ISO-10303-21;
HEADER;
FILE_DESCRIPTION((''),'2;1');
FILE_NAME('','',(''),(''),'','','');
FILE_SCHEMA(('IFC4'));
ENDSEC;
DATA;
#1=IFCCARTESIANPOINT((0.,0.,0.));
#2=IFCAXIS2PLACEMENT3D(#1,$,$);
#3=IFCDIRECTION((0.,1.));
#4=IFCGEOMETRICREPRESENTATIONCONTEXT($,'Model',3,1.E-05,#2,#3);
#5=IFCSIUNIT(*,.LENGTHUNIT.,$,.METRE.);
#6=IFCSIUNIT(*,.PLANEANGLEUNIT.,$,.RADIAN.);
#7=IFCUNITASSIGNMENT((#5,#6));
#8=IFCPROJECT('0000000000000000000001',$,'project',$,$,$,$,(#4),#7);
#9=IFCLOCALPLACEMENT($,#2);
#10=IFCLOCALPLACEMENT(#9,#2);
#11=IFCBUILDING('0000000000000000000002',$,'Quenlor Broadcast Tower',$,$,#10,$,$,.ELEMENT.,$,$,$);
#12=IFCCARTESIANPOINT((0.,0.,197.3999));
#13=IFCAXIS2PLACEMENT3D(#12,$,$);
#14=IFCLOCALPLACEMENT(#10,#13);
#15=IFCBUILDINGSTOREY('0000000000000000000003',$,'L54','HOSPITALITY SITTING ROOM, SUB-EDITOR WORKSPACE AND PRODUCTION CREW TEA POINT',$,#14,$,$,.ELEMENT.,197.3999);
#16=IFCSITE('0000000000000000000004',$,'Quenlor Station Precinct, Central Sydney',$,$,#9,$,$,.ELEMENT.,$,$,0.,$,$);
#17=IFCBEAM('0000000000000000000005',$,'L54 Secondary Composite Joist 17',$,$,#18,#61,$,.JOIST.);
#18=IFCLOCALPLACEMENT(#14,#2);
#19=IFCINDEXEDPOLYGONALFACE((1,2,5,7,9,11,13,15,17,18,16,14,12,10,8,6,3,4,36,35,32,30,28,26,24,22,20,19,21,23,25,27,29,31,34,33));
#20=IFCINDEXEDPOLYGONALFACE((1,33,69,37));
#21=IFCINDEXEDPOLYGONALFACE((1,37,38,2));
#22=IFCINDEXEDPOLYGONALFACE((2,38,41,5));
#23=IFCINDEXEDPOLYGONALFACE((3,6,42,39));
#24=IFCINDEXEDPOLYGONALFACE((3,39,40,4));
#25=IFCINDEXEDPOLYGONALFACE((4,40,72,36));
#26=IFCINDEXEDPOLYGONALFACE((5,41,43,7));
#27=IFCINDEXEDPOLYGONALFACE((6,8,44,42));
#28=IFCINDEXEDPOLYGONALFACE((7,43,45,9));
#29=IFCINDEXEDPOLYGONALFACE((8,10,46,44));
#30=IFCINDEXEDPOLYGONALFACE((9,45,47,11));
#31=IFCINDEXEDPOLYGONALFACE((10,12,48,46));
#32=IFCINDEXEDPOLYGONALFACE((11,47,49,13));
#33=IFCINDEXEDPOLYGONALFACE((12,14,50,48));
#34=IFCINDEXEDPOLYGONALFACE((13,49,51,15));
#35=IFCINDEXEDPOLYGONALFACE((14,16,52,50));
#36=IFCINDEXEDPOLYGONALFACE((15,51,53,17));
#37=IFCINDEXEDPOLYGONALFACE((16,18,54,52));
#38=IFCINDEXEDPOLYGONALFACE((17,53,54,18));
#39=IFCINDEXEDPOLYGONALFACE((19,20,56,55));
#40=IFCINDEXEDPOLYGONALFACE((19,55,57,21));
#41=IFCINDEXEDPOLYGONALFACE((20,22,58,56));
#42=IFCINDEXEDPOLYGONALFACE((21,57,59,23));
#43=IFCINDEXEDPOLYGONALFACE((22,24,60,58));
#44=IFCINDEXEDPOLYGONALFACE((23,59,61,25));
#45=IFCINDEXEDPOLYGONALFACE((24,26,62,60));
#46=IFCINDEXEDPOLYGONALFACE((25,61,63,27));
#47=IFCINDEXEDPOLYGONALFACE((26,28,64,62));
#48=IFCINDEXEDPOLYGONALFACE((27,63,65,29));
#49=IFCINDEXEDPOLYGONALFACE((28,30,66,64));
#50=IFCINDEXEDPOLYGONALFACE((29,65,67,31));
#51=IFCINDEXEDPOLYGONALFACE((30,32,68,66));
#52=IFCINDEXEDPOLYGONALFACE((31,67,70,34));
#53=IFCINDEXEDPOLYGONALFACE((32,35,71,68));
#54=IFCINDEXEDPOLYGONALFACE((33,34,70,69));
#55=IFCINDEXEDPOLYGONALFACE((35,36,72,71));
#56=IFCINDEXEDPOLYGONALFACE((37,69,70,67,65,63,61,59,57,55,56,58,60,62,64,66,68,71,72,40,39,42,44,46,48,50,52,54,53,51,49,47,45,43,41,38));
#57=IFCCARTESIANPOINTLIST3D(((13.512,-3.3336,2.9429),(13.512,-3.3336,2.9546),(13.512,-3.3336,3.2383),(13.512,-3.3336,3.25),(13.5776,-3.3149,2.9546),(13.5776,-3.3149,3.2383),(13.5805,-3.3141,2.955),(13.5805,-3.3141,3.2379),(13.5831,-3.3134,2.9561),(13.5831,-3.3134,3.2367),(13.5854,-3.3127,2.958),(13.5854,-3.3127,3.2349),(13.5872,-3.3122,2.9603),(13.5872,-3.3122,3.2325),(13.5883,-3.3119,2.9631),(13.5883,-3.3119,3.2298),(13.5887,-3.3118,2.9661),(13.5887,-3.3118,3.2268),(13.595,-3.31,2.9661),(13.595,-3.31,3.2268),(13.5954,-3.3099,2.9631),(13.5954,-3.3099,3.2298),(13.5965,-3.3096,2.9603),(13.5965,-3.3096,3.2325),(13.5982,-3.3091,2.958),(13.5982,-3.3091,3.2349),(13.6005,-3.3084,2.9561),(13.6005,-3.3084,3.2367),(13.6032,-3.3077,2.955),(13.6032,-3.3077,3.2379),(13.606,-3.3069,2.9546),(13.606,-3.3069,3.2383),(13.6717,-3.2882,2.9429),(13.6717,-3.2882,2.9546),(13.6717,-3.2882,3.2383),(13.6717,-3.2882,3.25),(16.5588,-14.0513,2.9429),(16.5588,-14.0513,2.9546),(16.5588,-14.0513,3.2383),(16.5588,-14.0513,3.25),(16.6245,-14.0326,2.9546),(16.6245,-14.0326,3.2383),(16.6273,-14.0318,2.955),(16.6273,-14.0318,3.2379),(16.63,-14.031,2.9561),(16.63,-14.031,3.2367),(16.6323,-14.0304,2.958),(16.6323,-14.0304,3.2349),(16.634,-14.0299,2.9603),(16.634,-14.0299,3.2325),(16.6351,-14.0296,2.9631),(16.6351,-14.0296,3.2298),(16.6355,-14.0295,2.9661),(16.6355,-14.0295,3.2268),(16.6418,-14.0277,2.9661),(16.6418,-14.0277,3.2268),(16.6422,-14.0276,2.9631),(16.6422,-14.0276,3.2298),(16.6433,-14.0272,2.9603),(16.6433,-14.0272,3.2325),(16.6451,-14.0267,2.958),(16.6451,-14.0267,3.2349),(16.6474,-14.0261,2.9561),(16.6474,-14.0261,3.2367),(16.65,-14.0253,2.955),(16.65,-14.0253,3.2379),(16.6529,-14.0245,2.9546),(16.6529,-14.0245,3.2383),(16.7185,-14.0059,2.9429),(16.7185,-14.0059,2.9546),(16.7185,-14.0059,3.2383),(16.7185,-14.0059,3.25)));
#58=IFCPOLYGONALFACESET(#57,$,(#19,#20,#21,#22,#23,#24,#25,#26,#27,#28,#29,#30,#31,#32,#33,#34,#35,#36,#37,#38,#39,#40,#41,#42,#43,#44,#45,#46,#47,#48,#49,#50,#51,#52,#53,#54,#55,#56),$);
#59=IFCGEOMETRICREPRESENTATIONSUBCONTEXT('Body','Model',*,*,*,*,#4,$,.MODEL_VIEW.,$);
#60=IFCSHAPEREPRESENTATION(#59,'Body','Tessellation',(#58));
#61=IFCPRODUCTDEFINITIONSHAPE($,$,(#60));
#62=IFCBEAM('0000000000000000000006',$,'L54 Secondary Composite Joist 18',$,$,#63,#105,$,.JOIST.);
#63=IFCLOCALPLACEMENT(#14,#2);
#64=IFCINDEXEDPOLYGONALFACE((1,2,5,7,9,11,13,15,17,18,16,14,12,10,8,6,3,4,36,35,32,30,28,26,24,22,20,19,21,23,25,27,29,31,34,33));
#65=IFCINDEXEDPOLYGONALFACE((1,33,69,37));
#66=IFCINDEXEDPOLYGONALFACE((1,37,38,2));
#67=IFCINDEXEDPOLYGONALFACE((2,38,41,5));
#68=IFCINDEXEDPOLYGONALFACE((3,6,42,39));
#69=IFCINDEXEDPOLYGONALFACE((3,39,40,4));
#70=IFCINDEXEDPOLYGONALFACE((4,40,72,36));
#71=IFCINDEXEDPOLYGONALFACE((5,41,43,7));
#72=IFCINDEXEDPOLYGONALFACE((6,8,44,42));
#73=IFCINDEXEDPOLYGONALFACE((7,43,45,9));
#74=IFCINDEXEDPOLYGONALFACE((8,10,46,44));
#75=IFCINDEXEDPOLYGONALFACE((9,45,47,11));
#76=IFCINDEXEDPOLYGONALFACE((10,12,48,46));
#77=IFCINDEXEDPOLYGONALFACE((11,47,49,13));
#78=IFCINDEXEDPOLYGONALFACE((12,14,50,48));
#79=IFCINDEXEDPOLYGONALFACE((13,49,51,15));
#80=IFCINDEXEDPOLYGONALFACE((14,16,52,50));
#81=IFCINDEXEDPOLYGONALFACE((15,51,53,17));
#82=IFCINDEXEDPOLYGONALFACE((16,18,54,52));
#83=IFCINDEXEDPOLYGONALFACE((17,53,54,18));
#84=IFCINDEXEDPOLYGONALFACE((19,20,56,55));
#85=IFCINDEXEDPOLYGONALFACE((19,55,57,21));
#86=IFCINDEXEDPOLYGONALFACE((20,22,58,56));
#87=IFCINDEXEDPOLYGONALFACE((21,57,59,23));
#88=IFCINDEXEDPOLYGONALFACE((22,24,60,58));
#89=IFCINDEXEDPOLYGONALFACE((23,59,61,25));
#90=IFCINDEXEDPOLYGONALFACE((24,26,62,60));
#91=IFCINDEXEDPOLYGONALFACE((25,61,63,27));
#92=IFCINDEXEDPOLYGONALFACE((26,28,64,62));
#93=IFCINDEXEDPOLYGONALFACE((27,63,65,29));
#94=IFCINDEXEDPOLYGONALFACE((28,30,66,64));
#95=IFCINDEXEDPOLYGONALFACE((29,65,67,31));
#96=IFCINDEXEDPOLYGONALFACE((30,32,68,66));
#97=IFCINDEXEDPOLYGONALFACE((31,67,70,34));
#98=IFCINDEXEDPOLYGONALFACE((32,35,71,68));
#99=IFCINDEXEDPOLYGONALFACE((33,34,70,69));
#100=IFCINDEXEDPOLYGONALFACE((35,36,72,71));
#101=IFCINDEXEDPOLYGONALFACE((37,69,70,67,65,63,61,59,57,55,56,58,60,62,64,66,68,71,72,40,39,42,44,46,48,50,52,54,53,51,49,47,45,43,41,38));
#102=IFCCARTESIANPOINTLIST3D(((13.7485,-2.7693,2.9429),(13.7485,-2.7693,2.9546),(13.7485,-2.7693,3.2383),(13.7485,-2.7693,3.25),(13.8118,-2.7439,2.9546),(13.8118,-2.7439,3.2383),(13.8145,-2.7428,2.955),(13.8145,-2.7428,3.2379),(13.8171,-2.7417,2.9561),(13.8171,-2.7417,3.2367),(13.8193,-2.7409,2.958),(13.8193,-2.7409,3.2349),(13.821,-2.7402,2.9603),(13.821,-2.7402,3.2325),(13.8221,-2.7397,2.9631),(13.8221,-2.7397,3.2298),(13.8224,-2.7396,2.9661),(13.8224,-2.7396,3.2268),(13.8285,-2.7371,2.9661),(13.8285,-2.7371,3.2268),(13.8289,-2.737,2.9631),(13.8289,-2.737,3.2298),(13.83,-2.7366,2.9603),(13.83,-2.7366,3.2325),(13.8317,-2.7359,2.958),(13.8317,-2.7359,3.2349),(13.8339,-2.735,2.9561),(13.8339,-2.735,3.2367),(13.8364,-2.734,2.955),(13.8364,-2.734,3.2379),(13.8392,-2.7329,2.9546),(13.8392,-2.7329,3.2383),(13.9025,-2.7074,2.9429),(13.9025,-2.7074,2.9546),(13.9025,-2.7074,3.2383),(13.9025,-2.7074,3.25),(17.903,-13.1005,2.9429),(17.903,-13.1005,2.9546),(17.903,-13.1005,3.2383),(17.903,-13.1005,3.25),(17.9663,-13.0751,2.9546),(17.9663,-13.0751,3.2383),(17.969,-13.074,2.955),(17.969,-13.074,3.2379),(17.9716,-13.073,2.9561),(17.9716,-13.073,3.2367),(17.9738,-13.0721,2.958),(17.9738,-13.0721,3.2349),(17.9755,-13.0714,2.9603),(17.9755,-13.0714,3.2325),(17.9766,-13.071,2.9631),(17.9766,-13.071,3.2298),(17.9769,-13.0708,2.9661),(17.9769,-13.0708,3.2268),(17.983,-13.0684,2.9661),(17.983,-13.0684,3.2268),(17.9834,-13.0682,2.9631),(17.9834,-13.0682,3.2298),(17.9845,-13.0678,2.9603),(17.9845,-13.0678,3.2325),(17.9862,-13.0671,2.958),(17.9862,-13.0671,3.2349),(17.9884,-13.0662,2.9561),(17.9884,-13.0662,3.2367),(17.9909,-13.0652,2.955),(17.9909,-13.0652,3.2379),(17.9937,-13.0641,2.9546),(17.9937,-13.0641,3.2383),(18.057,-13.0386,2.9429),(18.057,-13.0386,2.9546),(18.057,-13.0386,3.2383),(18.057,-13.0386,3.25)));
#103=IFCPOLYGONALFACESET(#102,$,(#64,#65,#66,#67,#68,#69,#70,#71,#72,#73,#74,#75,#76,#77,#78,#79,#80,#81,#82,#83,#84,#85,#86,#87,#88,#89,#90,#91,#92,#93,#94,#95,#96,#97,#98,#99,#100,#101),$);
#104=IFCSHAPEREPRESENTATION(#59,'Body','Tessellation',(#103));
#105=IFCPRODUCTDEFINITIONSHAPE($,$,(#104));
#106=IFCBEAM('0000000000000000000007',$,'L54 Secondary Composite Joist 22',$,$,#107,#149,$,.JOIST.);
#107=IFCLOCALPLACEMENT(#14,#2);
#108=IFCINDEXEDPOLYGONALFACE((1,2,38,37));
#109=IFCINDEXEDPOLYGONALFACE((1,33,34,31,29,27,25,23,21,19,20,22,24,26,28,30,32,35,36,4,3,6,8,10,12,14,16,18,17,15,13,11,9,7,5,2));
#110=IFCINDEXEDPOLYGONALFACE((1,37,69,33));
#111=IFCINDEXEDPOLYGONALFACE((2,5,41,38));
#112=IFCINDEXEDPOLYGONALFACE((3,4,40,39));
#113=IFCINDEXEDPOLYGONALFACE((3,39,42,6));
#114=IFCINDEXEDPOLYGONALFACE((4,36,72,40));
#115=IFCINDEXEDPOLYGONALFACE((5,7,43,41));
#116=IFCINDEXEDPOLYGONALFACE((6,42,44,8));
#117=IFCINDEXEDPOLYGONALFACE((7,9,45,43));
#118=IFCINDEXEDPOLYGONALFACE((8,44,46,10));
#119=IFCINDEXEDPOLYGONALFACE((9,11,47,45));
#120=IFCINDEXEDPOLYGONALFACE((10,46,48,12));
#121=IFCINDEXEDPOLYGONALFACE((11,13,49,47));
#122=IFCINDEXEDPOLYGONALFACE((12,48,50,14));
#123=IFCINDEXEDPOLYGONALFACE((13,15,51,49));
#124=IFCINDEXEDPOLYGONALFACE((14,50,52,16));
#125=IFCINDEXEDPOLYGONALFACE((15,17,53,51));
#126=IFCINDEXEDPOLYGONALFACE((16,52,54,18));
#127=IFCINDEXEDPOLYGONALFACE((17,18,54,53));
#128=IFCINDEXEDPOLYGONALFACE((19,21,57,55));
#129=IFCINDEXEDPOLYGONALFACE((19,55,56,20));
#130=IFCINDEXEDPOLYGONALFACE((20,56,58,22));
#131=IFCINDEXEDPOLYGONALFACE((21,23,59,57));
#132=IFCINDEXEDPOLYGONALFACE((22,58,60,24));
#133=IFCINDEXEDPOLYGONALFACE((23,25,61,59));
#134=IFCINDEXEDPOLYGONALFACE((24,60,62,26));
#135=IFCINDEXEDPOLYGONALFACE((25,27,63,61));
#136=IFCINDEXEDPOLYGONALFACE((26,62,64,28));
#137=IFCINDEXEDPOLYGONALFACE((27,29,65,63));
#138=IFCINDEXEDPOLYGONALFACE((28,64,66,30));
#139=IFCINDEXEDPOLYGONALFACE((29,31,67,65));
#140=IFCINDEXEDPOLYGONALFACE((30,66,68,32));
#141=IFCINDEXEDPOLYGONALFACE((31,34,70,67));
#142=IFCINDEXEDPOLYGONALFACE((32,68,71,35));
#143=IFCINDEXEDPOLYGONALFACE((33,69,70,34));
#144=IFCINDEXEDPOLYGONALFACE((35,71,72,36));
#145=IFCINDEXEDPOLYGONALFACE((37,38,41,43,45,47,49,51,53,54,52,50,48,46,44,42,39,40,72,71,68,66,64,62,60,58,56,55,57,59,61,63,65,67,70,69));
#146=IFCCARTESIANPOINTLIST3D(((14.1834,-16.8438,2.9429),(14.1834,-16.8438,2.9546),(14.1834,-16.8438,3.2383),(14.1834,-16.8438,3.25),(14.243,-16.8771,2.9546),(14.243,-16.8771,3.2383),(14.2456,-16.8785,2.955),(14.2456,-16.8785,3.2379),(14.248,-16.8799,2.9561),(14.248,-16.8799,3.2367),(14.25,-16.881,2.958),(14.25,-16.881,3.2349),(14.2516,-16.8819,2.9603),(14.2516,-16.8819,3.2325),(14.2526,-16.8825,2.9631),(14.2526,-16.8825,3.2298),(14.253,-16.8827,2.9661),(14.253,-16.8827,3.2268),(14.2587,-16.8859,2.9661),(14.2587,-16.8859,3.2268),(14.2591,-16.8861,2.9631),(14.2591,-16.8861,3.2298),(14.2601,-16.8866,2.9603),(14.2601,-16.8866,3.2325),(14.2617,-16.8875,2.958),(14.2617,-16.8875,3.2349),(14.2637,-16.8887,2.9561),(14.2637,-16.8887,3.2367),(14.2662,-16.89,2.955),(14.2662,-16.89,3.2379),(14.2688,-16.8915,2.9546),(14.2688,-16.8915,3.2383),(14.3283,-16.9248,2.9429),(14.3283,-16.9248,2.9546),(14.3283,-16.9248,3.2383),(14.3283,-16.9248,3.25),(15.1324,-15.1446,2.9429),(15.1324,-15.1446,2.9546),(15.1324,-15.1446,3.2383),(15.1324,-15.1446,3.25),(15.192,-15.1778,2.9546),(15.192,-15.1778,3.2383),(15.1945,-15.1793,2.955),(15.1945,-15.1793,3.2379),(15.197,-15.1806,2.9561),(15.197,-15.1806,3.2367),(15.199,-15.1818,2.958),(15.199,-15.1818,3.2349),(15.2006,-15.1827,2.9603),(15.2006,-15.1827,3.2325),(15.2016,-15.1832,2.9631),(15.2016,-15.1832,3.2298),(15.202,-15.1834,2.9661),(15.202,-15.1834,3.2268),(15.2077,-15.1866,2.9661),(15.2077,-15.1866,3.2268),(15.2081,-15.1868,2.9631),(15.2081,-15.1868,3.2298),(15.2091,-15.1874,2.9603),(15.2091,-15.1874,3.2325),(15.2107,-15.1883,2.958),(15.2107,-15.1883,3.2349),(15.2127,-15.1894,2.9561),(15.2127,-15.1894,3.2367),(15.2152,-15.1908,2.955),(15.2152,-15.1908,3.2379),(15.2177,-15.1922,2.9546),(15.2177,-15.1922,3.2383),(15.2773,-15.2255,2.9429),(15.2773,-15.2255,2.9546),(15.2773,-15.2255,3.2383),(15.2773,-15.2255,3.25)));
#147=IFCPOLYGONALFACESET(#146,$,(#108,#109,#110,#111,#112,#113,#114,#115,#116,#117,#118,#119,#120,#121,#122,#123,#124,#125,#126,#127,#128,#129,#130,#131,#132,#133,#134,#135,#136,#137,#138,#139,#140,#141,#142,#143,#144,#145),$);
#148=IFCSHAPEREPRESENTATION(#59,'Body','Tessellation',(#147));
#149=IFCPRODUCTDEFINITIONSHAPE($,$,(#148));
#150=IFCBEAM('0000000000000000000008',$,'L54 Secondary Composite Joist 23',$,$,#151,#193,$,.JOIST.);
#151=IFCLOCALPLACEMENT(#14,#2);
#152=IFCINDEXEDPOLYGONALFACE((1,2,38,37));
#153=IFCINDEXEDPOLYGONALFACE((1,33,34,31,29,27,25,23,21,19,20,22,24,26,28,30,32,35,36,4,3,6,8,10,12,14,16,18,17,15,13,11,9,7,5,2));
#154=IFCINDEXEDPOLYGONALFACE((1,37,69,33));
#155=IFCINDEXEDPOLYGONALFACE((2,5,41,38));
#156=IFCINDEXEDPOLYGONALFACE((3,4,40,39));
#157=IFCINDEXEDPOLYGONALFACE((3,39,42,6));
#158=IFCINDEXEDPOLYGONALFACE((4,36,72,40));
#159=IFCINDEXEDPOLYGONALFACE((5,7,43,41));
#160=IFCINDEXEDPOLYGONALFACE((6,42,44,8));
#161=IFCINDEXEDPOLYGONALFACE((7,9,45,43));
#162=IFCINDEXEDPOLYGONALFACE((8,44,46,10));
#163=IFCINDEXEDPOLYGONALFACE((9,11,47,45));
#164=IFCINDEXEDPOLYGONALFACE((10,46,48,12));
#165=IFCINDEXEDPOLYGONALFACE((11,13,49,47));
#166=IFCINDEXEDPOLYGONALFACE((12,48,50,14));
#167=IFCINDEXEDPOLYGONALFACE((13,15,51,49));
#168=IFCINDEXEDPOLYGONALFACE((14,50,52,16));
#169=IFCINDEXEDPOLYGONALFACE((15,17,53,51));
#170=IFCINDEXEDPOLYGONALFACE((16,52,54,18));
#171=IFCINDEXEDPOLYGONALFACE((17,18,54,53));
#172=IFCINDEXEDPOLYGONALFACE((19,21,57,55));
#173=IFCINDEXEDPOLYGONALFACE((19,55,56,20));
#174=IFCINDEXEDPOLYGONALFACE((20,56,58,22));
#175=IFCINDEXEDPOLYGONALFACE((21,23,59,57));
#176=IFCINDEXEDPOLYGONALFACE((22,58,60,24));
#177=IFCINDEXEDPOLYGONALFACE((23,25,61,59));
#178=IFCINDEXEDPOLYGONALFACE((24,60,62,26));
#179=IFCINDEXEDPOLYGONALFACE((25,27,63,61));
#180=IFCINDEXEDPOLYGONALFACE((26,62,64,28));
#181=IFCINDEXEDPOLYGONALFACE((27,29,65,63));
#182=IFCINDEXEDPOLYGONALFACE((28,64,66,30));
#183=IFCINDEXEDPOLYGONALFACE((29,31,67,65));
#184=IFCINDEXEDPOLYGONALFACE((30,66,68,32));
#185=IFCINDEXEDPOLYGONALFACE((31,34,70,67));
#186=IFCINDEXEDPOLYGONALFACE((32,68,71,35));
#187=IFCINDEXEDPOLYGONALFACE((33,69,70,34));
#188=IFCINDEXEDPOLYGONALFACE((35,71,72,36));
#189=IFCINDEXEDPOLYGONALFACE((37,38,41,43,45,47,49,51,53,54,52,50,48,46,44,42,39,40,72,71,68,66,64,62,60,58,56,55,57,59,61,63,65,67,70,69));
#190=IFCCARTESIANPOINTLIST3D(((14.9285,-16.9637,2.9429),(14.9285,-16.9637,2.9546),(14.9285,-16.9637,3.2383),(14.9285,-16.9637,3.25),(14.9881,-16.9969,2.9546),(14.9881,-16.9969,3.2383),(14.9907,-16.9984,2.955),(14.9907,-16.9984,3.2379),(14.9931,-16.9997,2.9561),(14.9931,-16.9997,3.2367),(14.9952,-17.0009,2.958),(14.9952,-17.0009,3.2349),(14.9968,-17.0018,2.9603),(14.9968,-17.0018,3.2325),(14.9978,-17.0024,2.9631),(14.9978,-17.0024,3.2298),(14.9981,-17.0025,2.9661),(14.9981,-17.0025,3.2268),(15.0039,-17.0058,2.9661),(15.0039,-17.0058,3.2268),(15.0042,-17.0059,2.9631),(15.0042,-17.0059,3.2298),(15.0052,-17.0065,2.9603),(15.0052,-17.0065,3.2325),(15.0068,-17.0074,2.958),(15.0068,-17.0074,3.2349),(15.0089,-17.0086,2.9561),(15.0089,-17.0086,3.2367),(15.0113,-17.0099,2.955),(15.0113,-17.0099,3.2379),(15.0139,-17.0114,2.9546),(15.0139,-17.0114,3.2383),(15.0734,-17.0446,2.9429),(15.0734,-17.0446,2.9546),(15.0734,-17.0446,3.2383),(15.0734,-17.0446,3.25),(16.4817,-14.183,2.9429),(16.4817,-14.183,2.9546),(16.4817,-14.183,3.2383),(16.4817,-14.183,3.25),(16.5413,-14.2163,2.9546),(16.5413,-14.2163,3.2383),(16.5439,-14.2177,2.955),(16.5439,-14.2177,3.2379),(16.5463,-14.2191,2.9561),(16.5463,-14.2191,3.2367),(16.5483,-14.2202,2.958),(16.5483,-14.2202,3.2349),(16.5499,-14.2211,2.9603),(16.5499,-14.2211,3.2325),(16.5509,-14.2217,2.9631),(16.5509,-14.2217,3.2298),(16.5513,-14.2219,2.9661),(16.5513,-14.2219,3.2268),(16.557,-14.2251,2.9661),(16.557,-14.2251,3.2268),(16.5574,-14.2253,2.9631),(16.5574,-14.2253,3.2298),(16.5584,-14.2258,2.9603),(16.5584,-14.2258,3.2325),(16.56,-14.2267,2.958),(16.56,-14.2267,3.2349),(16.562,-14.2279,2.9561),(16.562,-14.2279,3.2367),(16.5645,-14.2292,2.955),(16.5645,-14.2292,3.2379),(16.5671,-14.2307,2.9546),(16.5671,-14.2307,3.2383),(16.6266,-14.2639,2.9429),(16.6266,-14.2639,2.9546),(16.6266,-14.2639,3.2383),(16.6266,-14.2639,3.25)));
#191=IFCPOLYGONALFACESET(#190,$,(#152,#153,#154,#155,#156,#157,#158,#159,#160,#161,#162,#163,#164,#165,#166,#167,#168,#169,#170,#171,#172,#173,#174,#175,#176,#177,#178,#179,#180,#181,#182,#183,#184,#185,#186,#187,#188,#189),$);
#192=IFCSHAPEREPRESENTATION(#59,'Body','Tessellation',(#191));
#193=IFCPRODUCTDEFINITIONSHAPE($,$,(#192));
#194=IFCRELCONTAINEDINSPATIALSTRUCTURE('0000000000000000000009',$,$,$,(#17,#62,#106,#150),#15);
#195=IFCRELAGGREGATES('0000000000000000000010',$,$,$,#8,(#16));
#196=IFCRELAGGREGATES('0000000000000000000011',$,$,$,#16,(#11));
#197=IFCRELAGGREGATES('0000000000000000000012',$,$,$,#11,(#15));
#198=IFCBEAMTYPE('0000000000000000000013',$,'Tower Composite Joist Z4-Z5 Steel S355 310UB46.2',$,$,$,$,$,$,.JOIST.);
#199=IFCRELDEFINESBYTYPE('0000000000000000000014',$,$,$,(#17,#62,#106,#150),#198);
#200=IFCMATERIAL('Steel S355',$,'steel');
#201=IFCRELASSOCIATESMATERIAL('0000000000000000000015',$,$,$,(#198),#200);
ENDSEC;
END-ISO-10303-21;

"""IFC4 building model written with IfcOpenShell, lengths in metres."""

from ifc_helpers import new_model, si_unit, direction, frame, origin, origin_2d, place, context, subcontext, project, spatial, i_section, extrude, material, material_profile, profile_set, type_object, element, save


model = new_model("IFC4")

# Units and contexts
model_context = context("Model", 3, precision=1e-05, world=origin(), true_north=direction((0.0, 1.0)))
body_context = subcontext(model_context, "Body", "Model", "MODEL_VIEW")
ifc_project = project(units=[si_unit("LENGTHUNIT", "METRE"), si_unit("PLANEANGLEUNIT", "RADIAN")], contexts=[model_context])

# Site, building, storey
site_placement = place(None, origin())
site = spatial("IfcSite", under=ifc_project, at=site_placement, Name="Quenlor Station Precinct, Central Sydney", CompositionType="ELEMENT", RefElevation=0.0)
building_placement = place(site_placement, origin())
building = spatial("IfcBuilding", under=site, at=building_placement, Name="Quenlor Broadcast Tower", CompositionType="ELEMENT")
storey_placement = place(building_placement, frame((0.0, 0.0, 197.3999)))
storey = spatial("IfcBuildingStorey", under=building, at=storey_placement, Name="L54", Description="HOSPITALITY SITTING ROOM, SUB-EDITOR WORKSPACE AND PRODUCTION CREW TEA POINT", CompositionType="ELEMENT", Elevation=197.3999)

# Beams
ifc_material_1 = material(Name="Steel S355", Category="steel")
ifc_material_profile_1 = material_profile(ifc_material_1, i_section(OverallWidth=0.166, OverallDepth=0.3071, WebThickness=0.0066, FlangeThickness=0.0117, FilletRadius=0.0115, at=origin_2d()))
ifc_profile_set_1 = profile_set([ifc_material_profile_1], Name="Steel S355 310UB46.2")
beam_type_1 = type_object("IfcBeamType", Name="Tower Composite Joist Z4-Z5 Steel S355 310UB46.2", PredefinedType="JOIST", material=ifc_profile_set_1)
beam_1_placement = place(storey_placement, frame((16.6387, -14.0286, 3.0964), z_axis=(-0.273448, 0.961887, 0.0), x_axis=(-0.961887, -0.273448, 0.0)))
element("IfcBeam", 1, at=beam_1_placement, inside=storey, type_object=beam_type_1, Name="L54 Secondary Composite Joist 17", PredefinedType="JOIST", context=body_context, shape_type="SweptSolid", body=[
    extrude(i_section(OverallWidth=0.166, OverallDepth=0.3071, WebThickness=0.0066, FlangeThickness=0.0117, FilletRadius=0.0115, at=origin_2d()), origin(), (0.0, 0.0, 1.0), 11.1423),
])
beam_2_placement = place(storey_placement, frame((17.98, -13.0696, 3.0964), z_axis=(-0.373095, 0.927793, 0.0), x_axis=(-0.927793, -0.373095, 0.0)))
element("IfcBeam", 2, at=beam_2_placement, inside=storey, type_object=beam_type_1, Name="L54 Secondary Composite Joist 18", PredefinedType="JOIST", context=body_context, shape_type="SweptSolid", body=[
    extrude(i_section(OverallWidth=0.166, OverallDepth=0.3071, WebThickness=0.0066, FlangeThickness=0.0117, FilletRadius=0.0115, at=origin_2d()), origin(), (0.0, 0.0, 1.0), 11.1353),
])
beam_3_placement = place(storey_placement, frame((14.2559, -16.8843, 3.0964), z_axis=(0.487591, 0.873072, 0.0), x_axis=(-0.873072, 0.487591, 0.0)))
element("IfcBeam", 3, at=beam_3_placement, inside=storey, type_object=beam_type_1, Name="L54 Secondary Composite Joist 22", PredefinedType="JOIST", context=body_context, shape_type="SweptSolid", body=[
    extrude(i_section(OverallWidth=0.166, OverallDepth=0.3071, WebThickness=0.0066, FlangeThickness=0.0117, FilletRadius=0.0115, at=origin_2d()), origin(), (0.0, 0.0, 1.0), 1.9463),
])
beam_4_placement = place(storey_placement, frame((15.001, -17.0042, 3.0964), z_axis=(0.487646, 0.873041, 0.0), x_axis=(-0.873041, 0.487646, 0.0)))
element("IfcBeam", 4, at=beam_4_placement, inside=storey, type_object=beam_type_1, Name="L54 Secondary Composite Joist 23", PredefinedType="JOIST", context=body_context, shape_type="SweptSolid", body=[
    extrude(i_section(OverallWidth=0.166, OverallDepth=0.3071, WebThickness=0.0066, FlangeThickness=0.0117, FilletRadius=0.0115, at=origin_2d()), origin(), (0.0, 0.0, 1.0), 3.1851),
])

save(model, "model.ifc")
